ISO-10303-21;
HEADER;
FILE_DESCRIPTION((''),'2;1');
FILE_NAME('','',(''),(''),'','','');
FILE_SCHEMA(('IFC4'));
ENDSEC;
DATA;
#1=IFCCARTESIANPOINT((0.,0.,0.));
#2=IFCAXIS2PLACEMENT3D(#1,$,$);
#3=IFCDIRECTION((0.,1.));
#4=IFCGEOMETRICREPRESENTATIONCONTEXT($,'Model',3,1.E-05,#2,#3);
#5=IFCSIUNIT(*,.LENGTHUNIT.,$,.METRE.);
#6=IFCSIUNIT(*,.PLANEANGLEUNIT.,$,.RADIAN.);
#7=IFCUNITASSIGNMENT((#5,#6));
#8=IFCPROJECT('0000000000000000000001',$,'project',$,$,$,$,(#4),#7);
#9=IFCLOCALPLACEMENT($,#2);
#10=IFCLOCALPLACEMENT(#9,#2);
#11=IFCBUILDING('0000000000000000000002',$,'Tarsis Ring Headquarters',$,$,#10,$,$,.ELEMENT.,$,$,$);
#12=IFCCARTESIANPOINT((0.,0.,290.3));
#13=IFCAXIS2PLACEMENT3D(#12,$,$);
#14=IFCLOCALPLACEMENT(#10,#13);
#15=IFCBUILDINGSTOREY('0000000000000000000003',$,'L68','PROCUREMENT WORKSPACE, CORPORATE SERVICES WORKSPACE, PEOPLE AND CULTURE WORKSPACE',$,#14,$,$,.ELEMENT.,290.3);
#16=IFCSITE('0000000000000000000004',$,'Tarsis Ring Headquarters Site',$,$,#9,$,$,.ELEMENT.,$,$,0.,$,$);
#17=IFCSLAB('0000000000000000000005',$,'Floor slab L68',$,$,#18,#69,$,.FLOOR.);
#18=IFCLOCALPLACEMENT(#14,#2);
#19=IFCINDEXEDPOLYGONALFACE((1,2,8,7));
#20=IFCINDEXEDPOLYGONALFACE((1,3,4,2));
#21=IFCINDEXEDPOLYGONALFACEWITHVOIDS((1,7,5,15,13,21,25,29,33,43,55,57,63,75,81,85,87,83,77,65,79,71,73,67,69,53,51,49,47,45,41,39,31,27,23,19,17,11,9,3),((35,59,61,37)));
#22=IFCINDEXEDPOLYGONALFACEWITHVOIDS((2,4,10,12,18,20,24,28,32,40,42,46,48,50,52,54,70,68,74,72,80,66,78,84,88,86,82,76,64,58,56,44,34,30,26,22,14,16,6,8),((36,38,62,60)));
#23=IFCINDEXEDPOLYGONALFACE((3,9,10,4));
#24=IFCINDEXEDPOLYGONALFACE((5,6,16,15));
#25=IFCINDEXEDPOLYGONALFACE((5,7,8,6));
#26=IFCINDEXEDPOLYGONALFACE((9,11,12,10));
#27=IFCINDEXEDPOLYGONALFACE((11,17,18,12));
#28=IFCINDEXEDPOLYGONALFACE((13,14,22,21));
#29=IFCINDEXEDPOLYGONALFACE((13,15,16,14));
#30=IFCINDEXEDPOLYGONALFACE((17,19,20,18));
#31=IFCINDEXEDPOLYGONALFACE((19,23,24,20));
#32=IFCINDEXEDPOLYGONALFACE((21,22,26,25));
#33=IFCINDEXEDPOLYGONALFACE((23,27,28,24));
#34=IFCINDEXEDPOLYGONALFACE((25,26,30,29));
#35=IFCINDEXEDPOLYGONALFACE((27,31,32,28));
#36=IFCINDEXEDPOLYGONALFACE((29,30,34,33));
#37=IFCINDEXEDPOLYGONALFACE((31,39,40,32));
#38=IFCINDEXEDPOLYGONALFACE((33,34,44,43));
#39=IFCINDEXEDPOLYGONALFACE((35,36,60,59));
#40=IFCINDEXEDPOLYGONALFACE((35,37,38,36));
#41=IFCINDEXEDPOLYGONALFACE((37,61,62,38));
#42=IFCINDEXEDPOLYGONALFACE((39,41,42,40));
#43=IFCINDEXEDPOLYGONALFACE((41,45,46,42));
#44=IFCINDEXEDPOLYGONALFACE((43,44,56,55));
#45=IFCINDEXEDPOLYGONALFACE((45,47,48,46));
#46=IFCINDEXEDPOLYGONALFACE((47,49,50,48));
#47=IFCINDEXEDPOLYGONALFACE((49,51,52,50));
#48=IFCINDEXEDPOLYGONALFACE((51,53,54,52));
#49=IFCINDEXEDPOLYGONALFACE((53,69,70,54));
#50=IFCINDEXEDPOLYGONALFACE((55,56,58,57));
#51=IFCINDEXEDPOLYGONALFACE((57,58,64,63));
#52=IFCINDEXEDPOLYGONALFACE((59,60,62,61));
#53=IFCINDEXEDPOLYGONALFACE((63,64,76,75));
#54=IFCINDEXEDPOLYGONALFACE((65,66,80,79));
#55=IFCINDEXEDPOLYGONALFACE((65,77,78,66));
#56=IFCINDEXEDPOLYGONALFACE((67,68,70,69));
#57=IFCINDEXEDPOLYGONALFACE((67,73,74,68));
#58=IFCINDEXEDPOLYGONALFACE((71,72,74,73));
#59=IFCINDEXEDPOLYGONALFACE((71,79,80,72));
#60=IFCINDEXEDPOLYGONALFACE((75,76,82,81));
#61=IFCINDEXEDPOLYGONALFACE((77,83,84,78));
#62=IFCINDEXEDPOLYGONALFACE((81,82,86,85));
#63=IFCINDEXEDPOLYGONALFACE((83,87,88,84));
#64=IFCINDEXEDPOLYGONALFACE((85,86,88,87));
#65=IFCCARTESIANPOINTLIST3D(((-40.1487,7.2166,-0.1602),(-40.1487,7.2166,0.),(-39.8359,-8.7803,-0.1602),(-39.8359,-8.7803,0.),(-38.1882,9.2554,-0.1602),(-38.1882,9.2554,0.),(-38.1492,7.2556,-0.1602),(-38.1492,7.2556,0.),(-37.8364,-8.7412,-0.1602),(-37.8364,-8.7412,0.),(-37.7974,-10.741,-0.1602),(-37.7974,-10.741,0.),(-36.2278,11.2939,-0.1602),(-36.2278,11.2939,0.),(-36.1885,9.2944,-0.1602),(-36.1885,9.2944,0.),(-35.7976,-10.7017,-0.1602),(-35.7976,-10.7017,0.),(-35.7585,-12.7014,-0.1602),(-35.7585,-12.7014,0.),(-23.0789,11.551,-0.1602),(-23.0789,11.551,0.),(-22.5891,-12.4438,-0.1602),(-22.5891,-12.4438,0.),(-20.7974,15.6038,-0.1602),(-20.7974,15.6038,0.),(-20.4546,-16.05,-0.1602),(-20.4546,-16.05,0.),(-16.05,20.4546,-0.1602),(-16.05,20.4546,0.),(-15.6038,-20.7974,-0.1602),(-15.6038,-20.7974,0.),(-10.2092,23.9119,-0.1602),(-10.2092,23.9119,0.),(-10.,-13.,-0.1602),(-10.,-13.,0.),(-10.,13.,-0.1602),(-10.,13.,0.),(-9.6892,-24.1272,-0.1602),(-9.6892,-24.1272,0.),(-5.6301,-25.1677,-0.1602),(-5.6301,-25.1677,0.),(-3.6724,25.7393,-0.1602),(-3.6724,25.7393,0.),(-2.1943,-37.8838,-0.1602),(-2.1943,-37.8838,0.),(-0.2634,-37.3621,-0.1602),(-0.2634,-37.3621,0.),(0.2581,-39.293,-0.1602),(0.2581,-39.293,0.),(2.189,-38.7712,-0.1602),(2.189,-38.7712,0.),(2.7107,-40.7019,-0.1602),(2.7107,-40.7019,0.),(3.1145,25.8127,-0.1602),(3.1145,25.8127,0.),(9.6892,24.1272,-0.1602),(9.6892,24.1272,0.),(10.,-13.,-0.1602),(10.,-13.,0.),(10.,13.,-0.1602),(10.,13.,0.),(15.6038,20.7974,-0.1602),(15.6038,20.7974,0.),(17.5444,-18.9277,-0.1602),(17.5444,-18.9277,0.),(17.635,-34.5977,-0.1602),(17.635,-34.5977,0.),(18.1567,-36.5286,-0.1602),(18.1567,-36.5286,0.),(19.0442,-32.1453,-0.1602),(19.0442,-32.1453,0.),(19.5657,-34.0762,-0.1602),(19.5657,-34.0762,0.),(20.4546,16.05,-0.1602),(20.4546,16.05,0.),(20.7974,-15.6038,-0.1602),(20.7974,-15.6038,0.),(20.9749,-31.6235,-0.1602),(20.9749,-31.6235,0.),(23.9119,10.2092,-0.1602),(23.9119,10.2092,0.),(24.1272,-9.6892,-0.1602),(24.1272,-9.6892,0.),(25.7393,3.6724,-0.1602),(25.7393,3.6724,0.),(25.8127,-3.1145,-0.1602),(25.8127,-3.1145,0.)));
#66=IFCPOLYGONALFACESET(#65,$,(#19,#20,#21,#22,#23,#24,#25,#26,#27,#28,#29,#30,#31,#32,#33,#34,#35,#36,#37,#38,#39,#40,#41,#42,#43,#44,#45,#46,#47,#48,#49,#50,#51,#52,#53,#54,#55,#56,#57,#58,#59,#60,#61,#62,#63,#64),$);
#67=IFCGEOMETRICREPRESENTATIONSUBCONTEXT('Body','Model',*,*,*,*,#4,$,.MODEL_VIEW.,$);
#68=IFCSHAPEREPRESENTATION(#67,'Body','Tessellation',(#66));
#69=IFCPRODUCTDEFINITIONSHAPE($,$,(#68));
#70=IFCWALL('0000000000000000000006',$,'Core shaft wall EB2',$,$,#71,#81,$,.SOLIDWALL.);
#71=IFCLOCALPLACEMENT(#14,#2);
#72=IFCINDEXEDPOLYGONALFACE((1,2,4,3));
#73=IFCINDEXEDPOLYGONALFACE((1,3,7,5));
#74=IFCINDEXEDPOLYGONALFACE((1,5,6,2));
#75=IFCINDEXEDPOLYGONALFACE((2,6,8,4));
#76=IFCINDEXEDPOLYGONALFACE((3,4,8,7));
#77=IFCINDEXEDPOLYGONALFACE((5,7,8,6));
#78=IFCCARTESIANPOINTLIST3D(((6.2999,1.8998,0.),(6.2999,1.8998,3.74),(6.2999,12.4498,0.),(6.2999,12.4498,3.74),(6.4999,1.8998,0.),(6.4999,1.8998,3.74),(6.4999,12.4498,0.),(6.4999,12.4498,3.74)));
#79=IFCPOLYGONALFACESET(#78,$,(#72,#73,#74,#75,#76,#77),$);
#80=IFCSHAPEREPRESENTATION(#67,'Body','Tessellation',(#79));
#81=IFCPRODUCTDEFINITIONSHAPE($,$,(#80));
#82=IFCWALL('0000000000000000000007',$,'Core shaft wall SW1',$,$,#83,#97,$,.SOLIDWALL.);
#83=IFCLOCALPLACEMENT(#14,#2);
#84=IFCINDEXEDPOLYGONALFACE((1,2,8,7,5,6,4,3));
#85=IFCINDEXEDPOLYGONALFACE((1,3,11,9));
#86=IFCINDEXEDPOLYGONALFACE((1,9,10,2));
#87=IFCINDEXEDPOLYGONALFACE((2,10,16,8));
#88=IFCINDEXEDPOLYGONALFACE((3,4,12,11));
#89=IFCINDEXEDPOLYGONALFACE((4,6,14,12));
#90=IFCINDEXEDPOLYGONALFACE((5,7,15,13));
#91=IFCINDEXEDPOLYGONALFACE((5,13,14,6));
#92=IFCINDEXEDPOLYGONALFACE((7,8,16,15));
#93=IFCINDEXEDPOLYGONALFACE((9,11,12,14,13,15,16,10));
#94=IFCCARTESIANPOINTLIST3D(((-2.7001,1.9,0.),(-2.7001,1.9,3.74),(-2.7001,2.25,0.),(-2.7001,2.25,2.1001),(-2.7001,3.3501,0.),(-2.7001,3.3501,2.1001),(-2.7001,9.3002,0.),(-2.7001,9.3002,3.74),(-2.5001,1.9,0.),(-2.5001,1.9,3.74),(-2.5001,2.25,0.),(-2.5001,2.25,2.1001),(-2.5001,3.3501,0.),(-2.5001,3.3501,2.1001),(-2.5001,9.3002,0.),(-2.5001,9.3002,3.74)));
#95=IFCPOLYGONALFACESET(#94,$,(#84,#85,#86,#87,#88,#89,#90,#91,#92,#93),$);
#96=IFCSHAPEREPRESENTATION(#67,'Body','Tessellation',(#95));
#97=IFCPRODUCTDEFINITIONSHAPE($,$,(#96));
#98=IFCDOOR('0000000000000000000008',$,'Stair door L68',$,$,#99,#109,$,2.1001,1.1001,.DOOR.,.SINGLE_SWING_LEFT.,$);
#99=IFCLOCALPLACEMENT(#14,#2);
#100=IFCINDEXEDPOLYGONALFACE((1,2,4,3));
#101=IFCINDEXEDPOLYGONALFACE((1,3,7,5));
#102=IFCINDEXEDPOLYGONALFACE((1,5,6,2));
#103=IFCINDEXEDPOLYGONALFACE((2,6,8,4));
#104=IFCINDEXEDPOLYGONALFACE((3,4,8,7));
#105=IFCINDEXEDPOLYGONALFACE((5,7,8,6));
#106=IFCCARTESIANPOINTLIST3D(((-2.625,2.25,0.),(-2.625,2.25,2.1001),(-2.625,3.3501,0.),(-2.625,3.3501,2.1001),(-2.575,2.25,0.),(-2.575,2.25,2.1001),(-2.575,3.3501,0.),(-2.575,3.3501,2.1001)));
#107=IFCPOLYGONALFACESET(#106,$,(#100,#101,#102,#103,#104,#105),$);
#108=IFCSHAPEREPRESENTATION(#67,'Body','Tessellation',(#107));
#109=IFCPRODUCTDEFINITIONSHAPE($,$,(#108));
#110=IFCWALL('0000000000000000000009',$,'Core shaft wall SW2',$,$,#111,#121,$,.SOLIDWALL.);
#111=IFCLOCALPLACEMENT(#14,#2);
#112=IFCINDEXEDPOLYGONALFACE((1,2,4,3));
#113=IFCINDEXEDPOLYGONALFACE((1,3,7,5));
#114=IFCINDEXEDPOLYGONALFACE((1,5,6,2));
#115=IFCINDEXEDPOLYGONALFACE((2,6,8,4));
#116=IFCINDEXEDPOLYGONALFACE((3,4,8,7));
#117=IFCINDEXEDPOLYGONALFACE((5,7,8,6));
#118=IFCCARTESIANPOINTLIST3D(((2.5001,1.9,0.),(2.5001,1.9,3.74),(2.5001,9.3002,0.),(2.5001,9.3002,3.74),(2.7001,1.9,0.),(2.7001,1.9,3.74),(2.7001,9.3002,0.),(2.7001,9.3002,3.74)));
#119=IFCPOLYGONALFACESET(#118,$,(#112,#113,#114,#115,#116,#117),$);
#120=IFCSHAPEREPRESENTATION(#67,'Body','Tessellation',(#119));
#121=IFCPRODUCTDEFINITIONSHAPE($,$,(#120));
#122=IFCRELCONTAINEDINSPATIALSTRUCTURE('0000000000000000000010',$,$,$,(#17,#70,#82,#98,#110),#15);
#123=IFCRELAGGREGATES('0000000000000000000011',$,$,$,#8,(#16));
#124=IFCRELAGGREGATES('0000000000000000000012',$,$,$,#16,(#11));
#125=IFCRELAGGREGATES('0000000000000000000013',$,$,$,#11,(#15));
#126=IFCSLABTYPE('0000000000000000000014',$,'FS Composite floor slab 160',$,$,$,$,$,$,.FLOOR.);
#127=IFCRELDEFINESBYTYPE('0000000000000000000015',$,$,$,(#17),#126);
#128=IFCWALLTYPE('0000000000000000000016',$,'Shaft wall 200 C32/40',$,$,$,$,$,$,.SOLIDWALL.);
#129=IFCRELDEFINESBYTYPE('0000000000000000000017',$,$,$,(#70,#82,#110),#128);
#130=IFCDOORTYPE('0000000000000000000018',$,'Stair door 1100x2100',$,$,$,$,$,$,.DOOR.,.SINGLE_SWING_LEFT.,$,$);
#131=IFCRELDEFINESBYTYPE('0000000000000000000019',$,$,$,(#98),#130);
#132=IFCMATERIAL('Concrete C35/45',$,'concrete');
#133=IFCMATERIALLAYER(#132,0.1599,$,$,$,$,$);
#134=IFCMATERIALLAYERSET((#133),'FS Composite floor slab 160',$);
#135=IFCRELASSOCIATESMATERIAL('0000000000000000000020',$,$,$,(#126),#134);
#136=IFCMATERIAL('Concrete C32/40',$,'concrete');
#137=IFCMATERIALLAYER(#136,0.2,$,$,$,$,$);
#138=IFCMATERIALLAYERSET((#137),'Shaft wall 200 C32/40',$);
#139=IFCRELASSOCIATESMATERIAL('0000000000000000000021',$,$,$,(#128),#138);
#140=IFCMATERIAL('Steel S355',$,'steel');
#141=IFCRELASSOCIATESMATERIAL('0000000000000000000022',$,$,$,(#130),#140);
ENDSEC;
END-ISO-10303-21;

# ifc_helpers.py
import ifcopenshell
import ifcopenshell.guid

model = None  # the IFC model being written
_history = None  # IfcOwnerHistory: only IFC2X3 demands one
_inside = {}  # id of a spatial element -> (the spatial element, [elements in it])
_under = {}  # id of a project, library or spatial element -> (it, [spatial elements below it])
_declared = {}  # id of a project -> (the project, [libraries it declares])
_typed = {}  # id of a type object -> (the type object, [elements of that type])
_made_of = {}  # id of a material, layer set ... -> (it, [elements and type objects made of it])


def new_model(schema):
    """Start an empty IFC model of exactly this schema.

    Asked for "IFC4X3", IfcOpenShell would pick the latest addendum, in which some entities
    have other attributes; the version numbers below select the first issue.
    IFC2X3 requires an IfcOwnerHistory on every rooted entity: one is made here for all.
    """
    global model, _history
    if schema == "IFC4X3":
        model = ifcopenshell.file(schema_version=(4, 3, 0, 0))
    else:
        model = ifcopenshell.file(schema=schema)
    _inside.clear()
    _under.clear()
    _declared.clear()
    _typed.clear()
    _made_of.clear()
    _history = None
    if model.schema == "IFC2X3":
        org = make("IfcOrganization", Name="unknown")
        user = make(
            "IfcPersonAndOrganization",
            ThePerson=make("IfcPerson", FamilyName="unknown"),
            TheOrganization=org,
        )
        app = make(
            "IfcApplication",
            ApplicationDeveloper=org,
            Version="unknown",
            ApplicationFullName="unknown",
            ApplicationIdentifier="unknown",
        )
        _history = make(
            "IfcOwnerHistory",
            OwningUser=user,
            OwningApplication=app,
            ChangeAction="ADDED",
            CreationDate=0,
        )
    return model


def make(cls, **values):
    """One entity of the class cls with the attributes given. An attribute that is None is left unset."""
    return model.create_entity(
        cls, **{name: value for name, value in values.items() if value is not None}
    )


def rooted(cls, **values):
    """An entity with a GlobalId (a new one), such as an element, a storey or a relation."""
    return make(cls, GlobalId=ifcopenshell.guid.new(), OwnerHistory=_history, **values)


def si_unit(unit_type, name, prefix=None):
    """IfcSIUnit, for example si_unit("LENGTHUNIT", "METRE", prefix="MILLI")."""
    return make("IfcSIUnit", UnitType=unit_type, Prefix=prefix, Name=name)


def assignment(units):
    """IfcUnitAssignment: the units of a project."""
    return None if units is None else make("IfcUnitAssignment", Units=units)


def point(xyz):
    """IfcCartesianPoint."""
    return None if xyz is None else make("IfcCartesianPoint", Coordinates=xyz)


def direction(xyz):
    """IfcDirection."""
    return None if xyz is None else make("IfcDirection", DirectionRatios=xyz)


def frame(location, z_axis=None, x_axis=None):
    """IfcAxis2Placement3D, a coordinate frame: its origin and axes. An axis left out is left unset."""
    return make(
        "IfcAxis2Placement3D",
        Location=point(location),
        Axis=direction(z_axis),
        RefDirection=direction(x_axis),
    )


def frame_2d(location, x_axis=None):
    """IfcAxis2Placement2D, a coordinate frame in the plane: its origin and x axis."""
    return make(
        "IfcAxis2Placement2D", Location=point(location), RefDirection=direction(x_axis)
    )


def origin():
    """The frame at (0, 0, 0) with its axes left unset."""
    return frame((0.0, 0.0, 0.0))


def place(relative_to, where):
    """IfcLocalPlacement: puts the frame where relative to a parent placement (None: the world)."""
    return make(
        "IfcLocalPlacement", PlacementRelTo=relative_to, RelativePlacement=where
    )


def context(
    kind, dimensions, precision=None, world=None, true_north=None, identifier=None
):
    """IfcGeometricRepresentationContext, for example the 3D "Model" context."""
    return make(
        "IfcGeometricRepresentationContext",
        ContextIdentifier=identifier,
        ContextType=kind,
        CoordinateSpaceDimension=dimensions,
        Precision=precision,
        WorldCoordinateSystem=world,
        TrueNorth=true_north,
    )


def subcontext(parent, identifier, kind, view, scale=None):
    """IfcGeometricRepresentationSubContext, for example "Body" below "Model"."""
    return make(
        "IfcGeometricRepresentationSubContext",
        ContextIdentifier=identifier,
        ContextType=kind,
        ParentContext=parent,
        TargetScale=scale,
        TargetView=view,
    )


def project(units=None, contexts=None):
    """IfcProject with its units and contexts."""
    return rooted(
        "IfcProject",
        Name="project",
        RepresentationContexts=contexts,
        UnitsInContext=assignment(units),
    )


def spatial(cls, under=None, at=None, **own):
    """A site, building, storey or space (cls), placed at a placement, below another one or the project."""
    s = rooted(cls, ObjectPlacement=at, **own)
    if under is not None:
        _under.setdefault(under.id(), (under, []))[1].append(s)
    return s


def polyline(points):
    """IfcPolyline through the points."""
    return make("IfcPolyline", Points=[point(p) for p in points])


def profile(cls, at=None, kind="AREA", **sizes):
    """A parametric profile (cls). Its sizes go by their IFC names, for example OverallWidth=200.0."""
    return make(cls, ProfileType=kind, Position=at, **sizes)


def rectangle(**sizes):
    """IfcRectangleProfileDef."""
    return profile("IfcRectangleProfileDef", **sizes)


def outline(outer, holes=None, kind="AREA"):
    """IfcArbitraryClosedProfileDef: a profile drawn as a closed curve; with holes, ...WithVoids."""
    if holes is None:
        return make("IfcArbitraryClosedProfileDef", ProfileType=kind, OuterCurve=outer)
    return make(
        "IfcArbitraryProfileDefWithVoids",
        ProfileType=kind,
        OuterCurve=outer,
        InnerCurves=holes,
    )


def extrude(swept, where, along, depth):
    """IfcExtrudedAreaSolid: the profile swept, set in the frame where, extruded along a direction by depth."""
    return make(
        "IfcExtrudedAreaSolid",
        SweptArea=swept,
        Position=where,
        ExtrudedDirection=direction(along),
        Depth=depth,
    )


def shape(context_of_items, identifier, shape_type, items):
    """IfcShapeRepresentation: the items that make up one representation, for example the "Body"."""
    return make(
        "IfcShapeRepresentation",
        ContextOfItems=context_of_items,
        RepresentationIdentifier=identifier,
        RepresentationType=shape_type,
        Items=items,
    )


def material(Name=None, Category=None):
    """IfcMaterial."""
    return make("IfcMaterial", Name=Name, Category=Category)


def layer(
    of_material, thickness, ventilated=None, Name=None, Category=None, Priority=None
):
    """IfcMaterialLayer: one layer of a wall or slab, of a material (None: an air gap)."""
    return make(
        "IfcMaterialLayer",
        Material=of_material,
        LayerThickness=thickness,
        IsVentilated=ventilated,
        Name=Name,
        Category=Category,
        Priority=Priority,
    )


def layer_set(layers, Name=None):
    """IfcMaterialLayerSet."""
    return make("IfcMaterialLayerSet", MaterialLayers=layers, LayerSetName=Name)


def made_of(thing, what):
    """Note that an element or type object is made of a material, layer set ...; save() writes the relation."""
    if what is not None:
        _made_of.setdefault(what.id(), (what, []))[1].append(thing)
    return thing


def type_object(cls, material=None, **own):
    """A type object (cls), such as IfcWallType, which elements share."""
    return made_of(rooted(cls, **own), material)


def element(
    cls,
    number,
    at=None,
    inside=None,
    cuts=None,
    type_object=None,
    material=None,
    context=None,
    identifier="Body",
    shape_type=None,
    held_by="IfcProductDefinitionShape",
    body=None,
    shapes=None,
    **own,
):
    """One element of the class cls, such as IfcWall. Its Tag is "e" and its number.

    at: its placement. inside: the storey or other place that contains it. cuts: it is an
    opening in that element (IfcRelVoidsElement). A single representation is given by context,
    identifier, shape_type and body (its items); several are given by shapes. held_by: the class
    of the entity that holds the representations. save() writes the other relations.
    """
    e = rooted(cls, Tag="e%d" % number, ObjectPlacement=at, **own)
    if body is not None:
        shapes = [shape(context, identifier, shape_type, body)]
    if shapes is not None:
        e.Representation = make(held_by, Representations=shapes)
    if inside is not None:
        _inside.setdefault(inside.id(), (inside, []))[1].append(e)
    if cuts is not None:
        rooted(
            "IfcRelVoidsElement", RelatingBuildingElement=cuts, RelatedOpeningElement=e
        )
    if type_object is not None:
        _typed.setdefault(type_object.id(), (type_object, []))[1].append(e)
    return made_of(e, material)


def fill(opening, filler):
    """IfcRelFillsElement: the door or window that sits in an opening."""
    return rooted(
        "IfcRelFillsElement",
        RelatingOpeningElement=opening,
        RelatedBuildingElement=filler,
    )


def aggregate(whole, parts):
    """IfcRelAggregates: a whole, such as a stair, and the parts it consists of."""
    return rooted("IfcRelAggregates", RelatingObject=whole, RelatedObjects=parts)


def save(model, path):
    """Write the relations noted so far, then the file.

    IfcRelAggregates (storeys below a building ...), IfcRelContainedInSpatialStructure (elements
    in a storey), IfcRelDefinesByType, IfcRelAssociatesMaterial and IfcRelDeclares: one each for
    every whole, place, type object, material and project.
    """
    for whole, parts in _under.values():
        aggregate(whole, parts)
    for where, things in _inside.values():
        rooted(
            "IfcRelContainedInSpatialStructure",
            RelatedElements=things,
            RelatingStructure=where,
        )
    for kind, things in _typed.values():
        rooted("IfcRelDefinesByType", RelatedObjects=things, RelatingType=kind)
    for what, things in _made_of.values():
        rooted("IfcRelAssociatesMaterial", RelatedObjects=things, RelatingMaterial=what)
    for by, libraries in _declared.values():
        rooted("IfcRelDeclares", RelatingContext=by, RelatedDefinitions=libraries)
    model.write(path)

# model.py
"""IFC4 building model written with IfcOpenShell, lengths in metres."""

from ifc_helpers import new_model, si_unit, direction, frame, frame_2d, origin, place, context, subcontext, project, spatial, polyline, rectangle, outline, extrude, material, layer, layer_set, type_object, element, fill, save


model = new_model("IFC4")

# Units and contexts
model_context = context("Model", 3, precision=1e-05, world=origin(), true_north=direction((0.0, 1.0)))
body_context = subcontext(model_context, "Body", "Model", "MODEL_VIEW")
ifc_project = project(units=[si_unit("LENGTHUNIT", "METRE"), si_unit("PLANEANGLEUNIT", "RADIAN")], contexts=[model_context])

# Site, building, storey
site_placement = place(None, origin())
site = spatial("IfcSite", under=ifc_project, at=site_placement, Name="Tarsis Ring Headquarters Site", CompositionType="ELEMENT", RefElevation=0.0)
building_placement = place(site_placement, origin())
building = spatial("IfcBuilding", under=site, at=building_placement, Name="Tarsis Ring Headquarters", CompositionType="ELEMENT")
storey_placement = place(building_placement, frame((0.0, 0.0, 290.3)))
storey = spatial("IfcBuildingStorey", under=building, at=storey_placement, Name="L68", Description="PROCUREMENT WORKSPACE, CORPORATE SERVICES WORKSPACE, PEOPLE AND CULTURE WORKSPACE", CompositionType="ELEMENT", Elevation=290.3)

# Slab
ifc_material_1 = material(Name="Concrete C35/45", Category="concrete")
ifc_layer_1 = layer(ifc_material_1, 0.1599)
ifc_layer_set_1 = layer_set([ifc_layer_1], Name="FS Composite floor slab 160")
slab_type_1 = type_object("IfcSlabType", Name="FS Composite floor slab 160", PredefinedType="FLOOR", material=ifc_layer_set_1)
slab_1_placement = place(storey_placement, frame((0.0, 0.0, -0.1602)))
element("IfcSlab", 1, at=slab_1_placement, inside=storey, type_object=slab_type_1, Name="Floor slab L68", PredefinedType="FLOOR", context=body_context, shape_type="SweptSolid", body=[
    extrude(outline(polyline([(-22.5891, -12.4438), (-20.4546, -16.05), (-15.6038, -20.7974), (-9.6892, -24.1272), (-5.6301, -25.1677), (-2.1943, -37.8838), (-0.2634, -37.3621), (0.2581, -39.293), (2.189, -38.7712), (2.7107, -40.7019), (18.1567, -36.5286), (17.635, -34.5977), (19.5657, -34.0762), (19.0442, -32.1453), (20.9749, -31.6235), (17.5444, -18.9277), (20.7974, -15.6038), (24.1272, -9.6892), (25.8127, -3.1145), (25.7393, 3.6724), (23.9119, 10.2092), (20.4546, 16.05), (15.6038, 20.7974), (9.6892, 24.1272), (3.1145, 25.8127), (-3.6724, 25.7393), (-10.2092, 23.9119), (-16.05, 20.4546), (-20.7974, 15.6038), (-23.0789, 11.551), (-36.2278, 11.2939), (-36.1885, 9.2944), (-38.1882, 9.2554), (-38.1492, 7.2556), (-40.1487, 7.2166), (-39.8359, -8.7803), (-37.8364, -8.7412), (-37.7974, -10.741), (-35.7976, -10.7017), (-35.7585, -12.7014), (-22.5891, -12.4438)]), holes=[polyline([(-10.0, -13.0), (-10.0, 13.0), (10.0, 13.0), (10.0, -13.0), (-10.0, -13.0)])]), origin(), (0.0, 0.0, 1.0), 0.1602),
])

# Wall
ifc_material_2 = material(Name="Concrete C32/40", Category="concrete")
ifc_layer_2 = layer(ifc_material_2, 0.2)
ifc_layer_set_2 = layer_set([ifc_layer_2], Name="Shaft wall 200 C32/40")
wall_type = type_object("IfcWallType", Name="Shaft wall 200 C32/40", PredefinedType="SOLIDWALL", material=ifc_layer_set_2)
wall_1_placement = place(storey_placement, frame((6.3999, 1.8999, 0.0), z_axis=(0.0, 0.0, 1.0), x_axis=(0.0, 1.0, 0.0)))
element("IfcWall", 2, at=wall_1_placement, inside=storey, type_object=wall_type, Name="Core shaft wall EB2", PredefinedType="SOLIDWALL", context=body_context, shape_type="SweptSolid", body=[
    extrude(rectangle(XDim=10.55, YDim=0.2, at=frame_2d((5.2749, 0.0))), origin(), (0.0, 0.0, 1.0), 3.74),
])

# Wall, opening, door
wall_2_placement = place(storey_placement, frame((-2.6001, 1.8999, 0.0), z_axis=(0.0, 0.0, 1.0), x_axis=(0.0, 1.0, 0.0)))
wall_2 = element("IfcWall", 3, at=wall_2_placement, inside=storey, type_object=wall_type, Name="Core shaft wall SW1", PredefinedType="SOLIDWALL", context=body_context, shape_type="SweptSolid", body=[
    extrude(rectangle(XDim=7.4001, YDim=0.2, at=frame_2d((3.7002, 0.0))), origin(), (0.0, 0.0, 1.0), 3.74),
])
opening_placement = place(wall_2_placement, frame((0.3501, 0.0, 0.0)))
opening = element("IfcOpeningElement", 4, at=opening_placement, cuts=wall_2, PredefinedType="OPENING", context=body_context, shape_type="SweptSolid", body=[
    extrude(rectangle(XDim=1.1001, YDim=2.1001, at=frame_2d((0.55, 1.05))), frame((0.0, 0.1099, 0.0), z_axis=(0.0, -1.0, 0.0), x_axis=(1.0, 0.0, 0.0)), (0.0, 0.0, 1.0), 0.22),
])
ifc_material_3 = material(Name="Steel S355", Category="steel")
door_type = type_object("IfcDoorType", Name="Stair door 1100x2100", OperationType="SINGLE_SWING_LEFT", PredefinedType="DOOR", material=ifc_material_3)
door_placement = place(opening_placement, origin())
door = element("IfcDoor", 5, at=door_placement, inside=storey, type_object=door_type, Name="Stair door L68", OperationType="SINGLE_SWING_LEFT", OverallHeight=2.1001, OverallWidth=1.1001, PredefinedType="DOOR", context=body_context, shape_type="SweptSolid", body=[
    extrude(rectangle(XDim=1.1001, YDim=2.1001, at=frame_2d((0.55, 1.05))), frame((0.0, 0.0249, 0.0), z_axis=(0.0, -1.0, 0.0), x_axis=(1.0, 0.0, 0.0)), (0.0, 0.0, 1.0), 0.05),
])
fill(opening, door)

# Wall
wall_3_placement = place(storey_placement, frame((2.6001, 1.8999, 0.0), z_axis=(0.0, 0.0, 1.0), x_axis=(0.0, 1.0, 0.0)))
element("IfcWall", 6, at=wall_3_placement, inside=storey, type_object=wall_type, Name="Core shaft wall SW2", PredefinedType="SOLIDWALL", context=body_context, shape_type="SweptSolid", body=[
    extrude(rectangle(XDim=7.4001, YDim=0.2, at=frame_2d((3.7002, 0.0))), origin(), (0.0, 0.0, 1.0), 3.74),
])

save(model, "model.ifc")
